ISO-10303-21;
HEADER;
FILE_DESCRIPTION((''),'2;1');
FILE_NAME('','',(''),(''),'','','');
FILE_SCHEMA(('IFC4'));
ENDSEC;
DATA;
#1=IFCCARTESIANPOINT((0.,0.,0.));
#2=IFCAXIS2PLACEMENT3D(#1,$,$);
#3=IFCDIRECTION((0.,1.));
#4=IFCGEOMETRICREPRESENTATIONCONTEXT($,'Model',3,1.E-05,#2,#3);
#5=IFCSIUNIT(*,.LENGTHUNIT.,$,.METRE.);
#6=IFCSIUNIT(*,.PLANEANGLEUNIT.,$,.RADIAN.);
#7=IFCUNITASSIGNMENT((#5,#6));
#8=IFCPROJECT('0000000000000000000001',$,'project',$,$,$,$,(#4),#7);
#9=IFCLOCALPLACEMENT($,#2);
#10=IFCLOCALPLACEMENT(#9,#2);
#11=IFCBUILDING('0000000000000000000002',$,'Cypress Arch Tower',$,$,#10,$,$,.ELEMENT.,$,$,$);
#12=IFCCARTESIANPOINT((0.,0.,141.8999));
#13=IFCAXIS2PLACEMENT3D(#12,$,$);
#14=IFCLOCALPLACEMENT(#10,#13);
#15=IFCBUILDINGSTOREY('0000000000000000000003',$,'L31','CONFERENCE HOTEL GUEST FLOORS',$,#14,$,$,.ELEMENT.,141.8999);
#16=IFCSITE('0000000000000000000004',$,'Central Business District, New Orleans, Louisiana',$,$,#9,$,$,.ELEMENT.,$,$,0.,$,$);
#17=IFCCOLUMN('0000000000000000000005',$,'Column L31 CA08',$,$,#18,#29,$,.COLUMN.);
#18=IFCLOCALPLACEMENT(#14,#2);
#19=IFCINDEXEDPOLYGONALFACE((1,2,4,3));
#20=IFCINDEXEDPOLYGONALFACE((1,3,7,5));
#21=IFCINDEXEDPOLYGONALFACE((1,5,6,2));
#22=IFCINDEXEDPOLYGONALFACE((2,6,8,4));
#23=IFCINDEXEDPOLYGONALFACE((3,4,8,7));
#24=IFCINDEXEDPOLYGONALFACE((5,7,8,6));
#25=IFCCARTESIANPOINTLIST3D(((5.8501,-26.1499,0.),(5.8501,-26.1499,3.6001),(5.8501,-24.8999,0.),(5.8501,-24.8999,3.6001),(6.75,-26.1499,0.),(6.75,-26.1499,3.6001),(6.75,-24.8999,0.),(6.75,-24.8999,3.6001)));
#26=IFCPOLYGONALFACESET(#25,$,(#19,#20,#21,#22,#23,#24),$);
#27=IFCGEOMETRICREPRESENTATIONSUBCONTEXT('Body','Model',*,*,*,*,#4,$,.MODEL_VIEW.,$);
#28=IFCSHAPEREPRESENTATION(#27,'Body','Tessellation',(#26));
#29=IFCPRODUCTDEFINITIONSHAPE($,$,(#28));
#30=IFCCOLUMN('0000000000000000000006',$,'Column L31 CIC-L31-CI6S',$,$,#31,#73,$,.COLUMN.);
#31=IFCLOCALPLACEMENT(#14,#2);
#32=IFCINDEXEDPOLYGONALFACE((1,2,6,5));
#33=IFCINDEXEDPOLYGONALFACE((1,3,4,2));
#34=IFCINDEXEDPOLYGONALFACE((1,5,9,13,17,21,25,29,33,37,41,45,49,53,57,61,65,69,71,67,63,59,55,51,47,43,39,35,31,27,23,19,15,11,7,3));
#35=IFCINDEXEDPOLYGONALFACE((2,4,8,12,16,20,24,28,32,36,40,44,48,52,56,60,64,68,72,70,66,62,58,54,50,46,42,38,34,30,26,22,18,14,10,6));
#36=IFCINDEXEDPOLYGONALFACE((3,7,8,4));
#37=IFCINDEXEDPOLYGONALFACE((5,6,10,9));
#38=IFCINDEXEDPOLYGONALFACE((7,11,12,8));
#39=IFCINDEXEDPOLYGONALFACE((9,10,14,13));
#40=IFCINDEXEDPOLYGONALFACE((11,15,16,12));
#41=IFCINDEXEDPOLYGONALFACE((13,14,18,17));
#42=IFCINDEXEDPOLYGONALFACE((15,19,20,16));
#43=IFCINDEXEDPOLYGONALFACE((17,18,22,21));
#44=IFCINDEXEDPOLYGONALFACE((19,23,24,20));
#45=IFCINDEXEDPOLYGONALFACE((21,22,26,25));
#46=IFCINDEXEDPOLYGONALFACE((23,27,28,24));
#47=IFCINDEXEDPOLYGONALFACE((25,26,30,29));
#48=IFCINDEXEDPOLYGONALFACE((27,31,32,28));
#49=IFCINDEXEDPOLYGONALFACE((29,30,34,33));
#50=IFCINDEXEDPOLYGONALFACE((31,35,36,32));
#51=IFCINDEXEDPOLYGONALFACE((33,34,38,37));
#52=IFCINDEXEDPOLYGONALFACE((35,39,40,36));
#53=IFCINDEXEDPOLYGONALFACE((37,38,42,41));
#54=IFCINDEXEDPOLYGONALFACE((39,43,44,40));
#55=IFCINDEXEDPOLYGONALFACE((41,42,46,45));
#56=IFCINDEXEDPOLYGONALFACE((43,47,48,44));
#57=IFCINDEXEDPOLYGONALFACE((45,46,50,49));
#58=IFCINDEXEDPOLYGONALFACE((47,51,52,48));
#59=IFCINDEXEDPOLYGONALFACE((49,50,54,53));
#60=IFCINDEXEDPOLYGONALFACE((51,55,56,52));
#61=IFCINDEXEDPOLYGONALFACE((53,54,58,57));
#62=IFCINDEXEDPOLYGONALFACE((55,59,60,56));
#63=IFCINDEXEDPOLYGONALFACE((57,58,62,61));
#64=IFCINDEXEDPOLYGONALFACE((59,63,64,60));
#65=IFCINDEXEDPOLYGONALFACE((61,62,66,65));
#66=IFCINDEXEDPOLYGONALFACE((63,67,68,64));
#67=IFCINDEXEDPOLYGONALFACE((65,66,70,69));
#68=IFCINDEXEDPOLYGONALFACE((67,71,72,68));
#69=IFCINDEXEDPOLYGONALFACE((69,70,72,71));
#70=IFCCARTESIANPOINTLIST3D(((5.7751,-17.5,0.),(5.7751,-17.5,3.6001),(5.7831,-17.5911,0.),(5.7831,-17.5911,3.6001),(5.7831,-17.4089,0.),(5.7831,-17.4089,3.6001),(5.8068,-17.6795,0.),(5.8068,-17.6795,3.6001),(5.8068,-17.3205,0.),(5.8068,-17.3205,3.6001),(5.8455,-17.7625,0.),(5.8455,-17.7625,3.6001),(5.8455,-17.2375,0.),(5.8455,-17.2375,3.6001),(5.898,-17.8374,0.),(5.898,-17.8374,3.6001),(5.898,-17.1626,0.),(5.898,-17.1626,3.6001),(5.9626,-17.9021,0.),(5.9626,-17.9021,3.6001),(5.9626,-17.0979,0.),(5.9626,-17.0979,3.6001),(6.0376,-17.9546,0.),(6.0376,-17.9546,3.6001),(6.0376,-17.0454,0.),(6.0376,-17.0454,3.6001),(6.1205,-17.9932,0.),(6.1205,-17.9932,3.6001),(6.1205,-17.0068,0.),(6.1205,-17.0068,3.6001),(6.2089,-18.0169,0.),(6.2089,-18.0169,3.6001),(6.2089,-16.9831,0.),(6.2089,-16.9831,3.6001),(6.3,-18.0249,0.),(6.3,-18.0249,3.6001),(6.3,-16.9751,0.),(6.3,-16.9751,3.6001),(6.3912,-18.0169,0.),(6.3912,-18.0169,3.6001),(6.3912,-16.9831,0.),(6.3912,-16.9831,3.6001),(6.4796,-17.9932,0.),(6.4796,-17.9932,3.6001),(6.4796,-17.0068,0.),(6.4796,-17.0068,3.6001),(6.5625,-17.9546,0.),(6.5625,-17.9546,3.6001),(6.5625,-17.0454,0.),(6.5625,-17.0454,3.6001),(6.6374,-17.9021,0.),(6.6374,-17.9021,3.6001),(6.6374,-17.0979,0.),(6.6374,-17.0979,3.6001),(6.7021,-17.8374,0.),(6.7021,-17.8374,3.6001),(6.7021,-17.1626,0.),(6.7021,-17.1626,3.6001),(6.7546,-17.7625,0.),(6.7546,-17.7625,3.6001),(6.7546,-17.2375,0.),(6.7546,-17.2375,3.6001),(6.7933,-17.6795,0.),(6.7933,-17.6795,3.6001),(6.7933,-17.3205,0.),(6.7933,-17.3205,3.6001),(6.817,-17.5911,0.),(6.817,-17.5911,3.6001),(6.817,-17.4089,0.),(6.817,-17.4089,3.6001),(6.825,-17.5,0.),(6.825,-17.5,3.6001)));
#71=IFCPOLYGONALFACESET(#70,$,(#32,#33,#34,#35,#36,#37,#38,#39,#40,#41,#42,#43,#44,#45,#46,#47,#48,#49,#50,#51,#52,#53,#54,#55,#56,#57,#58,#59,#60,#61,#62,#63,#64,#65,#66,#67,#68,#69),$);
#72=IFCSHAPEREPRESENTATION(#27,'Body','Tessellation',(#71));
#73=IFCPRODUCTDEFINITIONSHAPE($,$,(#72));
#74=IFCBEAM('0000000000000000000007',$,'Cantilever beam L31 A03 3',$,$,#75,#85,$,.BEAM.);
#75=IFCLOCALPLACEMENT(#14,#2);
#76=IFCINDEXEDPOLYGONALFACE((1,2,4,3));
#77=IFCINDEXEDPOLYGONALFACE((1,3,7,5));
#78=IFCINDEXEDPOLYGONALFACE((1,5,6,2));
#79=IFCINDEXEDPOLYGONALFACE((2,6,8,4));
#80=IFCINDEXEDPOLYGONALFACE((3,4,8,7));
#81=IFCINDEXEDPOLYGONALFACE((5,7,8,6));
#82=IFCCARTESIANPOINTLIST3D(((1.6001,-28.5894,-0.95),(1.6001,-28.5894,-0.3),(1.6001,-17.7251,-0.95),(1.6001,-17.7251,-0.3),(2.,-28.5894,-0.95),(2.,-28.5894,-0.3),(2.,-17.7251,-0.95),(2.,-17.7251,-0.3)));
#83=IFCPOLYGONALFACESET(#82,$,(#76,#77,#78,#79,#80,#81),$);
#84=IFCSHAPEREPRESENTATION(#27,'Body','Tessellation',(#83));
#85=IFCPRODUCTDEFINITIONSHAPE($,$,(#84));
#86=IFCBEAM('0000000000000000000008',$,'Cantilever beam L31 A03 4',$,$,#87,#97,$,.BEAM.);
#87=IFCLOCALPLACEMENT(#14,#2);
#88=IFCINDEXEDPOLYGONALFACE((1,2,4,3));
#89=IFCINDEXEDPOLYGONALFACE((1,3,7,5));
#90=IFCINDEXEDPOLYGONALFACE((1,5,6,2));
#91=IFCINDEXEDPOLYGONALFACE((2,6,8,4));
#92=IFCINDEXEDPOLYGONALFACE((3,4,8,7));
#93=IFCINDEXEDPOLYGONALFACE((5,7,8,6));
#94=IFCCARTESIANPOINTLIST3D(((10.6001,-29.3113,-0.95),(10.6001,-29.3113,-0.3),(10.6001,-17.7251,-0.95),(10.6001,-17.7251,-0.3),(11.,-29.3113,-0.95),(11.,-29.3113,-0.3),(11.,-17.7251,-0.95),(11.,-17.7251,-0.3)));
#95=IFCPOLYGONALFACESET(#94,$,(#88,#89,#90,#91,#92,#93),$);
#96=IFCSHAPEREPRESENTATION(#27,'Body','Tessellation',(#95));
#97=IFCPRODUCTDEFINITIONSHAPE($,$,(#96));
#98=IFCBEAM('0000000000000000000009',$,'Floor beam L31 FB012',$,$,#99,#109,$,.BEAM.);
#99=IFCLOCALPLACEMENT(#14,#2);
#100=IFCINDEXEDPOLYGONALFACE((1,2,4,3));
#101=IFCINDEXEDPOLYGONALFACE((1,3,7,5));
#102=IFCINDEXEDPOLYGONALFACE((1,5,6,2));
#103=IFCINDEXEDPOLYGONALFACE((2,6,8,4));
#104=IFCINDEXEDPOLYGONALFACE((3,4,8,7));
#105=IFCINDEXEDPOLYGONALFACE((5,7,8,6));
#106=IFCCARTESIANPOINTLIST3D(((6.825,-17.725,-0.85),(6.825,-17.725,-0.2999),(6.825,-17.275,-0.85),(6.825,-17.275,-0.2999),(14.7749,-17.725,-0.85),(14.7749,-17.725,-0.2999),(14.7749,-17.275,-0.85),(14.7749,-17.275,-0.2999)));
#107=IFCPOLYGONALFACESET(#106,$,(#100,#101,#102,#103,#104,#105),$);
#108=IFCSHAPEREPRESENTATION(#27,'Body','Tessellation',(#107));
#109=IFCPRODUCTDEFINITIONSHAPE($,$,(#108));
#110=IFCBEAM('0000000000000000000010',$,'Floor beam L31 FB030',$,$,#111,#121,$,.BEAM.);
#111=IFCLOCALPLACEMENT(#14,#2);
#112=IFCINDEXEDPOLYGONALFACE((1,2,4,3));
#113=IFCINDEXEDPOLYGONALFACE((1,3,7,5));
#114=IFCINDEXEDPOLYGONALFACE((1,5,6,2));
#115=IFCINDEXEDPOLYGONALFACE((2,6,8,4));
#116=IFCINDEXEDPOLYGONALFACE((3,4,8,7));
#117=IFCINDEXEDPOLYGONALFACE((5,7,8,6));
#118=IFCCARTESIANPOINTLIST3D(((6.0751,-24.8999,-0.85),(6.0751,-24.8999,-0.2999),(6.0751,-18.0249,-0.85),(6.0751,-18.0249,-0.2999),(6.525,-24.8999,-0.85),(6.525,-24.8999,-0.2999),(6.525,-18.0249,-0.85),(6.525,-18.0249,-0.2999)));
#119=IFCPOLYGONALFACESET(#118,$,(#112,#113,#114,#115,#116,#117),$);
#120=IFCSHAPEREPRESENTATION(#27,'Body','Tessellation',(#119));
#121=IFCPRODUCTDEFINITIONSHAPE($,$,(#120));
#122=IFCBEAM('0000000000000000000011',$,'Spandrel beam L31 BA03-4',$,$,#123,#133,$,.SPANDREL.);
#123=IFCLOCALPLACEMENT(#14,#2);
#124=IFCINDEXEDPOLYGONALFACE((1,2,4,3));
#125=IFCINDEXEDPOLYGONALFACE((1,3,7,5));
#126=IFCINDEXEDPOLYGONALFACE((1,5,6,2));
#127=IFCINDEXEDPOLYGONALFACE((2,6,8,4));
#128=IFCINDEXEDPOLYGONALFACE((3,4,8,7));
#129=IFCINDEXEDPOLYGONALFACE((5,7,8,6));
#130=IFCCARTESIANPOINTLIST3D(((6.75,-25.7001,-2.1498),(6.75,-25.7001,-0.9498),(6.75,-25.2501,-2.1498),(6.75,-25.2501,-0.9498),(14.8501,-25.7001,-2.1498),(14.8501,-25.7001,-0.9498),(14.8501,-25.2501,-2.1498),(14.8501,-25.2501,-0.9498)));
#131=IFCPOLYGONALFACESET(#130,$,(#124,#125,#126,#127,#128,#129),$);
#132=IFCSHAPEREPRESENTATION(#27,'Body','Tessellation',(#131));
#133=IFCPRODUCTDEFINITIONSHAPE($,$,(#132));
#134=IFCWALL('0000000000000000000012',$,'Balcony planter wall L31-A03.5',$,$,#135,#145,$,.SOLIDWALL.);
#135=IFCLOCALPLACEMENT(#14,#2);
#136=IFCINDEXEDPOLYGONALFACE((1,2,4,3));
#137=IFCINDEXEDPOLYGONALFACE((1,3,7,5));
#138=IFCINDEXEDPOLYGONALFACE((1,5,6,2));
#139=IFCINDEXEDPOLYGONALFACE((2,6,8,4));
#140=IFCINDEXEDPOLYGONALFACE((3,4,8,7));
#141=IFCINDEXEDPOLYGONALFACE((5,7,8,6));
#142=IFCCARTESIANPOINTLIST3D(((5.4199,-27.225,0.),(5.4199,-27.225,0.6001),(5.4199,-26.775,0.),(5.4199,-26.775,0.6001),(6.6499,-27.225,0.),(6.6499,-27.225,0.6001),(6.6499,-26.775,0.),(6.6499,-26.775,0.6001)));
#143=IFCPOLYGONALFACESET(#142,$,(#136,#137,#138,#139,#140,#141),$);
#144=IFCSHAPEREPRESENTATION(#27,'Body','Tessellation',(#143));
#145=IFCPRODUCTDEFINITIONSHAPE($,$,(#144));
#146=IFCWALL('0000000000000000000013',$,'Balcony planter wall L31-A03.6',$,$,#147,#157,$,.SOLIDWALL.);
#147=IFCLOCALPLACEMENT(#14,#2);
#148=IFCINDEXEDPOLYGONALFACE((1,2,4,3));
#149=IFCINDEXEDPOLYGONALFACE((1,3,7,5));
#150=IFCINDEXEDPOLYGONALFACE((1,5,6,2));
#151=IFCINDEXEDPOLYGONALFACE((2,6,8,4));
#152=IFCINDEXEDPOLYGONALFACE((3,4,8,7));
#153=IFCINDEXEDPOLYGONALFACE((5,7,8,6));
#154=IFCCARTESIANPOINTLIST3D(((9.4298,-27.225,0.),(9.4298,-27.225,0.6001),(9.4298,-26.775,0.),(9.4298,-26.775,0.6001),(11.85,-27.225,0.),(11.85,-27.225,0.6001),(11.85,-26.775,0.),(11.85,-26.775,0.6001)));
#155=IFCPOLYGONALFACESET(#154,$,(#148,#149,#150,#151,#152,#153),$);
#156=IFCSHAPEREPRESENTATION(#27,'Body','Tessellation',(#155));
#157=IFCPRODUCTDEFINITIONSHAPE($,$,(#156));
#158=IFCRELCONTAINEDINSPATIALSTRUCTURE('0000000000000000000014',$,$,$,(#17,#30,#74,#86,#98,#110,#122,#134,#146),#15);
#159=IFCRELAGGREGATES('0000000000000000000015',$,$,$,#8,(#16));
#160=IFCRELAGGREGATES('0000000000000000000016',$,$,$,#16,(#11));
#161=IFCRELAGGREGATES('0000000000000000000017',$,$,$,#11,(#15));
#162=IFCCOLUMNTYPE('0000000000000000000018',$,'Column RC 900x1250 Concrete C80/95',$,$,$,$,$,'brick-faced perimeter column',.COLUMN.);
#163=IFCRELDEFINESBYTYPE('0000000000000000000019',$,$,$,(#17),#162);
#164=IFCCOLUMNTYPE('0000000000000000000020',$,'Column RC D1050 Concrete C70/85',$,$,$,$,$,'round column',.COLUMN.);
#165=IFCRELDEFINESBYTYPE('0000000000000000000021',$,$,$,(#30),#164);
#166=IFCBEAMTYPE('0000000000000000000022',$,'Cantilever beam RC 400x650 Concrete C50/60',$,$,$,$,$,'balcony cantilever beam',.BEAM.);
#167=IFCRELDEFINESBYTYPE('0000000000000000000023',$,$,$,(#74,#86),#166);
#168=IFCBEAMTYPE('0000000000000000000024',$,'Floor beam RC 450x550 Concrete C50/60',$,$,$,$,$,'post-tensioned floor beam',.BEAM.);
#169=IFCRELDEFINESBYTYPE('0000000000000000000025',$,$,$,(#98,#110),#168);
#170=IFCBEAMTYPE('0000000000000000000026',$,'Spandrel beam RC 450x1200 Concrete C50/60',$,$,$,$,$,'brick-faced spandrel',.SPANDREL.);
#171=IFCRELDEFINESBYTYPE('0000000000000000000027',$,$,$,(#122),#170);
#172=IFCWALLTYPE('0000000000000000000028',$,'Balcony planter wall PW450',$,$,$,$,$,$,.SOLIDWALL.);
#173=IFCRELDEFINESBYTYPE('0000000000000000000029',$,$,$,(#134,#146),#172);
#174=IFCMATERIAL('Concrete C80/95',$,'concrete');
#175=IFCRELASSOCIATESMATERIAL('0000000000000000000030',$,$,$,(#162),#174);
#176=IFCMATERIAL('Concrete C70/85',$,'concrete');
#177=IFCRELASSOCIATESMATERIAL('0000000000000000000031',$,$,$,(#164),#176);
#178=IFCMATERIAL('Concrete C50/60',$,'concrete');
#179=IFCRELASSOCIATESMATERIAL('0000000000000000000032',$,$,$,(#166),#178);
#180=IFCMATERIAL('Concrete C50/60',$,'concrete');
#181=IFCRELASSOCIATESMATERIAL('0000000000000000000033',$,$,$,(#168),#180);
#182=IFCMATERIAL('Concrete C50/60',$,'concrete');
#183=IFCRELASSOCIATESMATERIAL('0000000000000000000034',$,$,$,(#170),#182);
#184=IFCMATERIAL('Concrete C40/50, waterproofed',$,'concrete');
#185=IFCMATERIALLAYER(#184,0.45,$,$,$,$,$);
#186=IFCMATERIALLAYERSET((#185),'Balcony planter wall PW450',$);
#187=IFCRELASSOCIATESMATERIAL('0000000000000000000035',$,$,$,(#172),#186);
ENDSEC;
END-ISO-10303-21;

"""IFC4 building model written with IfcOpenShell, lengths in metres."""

from ifc_helpers import new_model, si_unit, direction, frame, frame_2d, origin, origin_2d, place, context, subcontext, project, spatial, rectangle, circle, extrude, material, layer, layer_set, material_profile, profile_set, type_object, element, save


model = new_model("IFC4")

# Units and contexts
model_context = context("Model", 3, precision=1e-05, world=origin(), true_north=direction((0.0, 1.0)))
body_context = subcontext(model_context, "Body", "Model", "MODEL_VIEW")
ifc_project = project(units=[si_unit("LENGTHUNIT", "METRE"), si_unit("PLANEANGLEUNIT", "RADIAN")], contexts=[model_context])

# Site, building, storey
site_placement = place(None, origin())
site = spatial("IfcSite", under=ifc_project, at=site_placement, Name="Central Business District, New Orleans, Louisiana", CompositionType="ELEMENT", RefElevation=0.0)
building_placement = place(site_placement, origin())
building = spatial("IfcBuilding", under=site, at=building_placement, Name="Cypress Arch Tower", CompositionType="ELEMENT")
storey_placement = place(building_placement, frame((0.0, 0.0, 141.8999)))
storey = spatial("IfcBuildingStorey", under=building, at=storey_placement, Name="L31", Description="CONFERENCE HOTEL GUEST FLOORS", CompositionType="ELEMENT", Elevation=141.8999)

# Columns
ifc_material_1 = material(Name="Concrete C80/95", Category="concrete")
ifc_material_profile_1 = material_profile(ifc_material_1, rectangle(XDim=0.8999, YDim=1.25, at=origin_2d()), Name="RC 900x1250")
ifc_profile_set_1 = profile_set([ifc_material_profile_1], Name="Concrete C80/95")
column_type_1 = type_object("IfcColumnType", Name="Column RC 900x1250 Concrete C80/95", ElementType="brick-faced perimeter column", PredefinedType="COLUMN", material=ifc_profile_set_1)
column_1_placement = place(storey_placement, frame((6.3, -25.5249, 0.0), z_axis=(0.0, 0.0, 1.0), x_axis=(1.0, 0.0, 0.0)))
element("IfcColumn", 1, at=column_1_placement, inside=storey, type_object=column_type_1, Name="Column L31 CA08", PredefinedType="COLUMN", context=body_context, shape_type="SweptSolid", body=[
    extrude(rectangle(XDim=0.8999, YDim=1.25, at=origin_2d()), origin(), (0.0, 0.0, 1.0), 3.6001),
])
ifc_material_2 = material(Name="Concrete C70/85", Category="concrete")
ifc_material_profile_2 = material_profile(ifc_material_2, circle(Radius=0.5249, at=origin_2d()), Name="RC D1050")
ifc_profile_set_2 = profile_set([ifc_material_profile_2], Name="Concrete C70/85")
column_type_2 = type_object("IfcColumnType", Name="Column RC D1050 Concrete C70/85", ElementType="round column", PredefinedType="COLUMN", material=ifc_profile_set_2)
column_2_placement = place(storey_placement, frame((6.3, -17.5, 0.0), z_axis=(0.0, 0.0, 1.0), x_axis=(1.0, 0.0, 0.0)))
element("IfcColumn", 2, at=column_2_placement, inside=storey, type_object=column_type_2, Name="Column L31 CIC-L31-CI6S", PredefinedType="COLUMN", context=body_context, shape_type="SweptSolid", body=[
    extrude(circle(Radius=0.5249, at=origin_2d()), origin(), (0.0, 0.0, 1.0), 3.6001),
])

# Beams
ifc_material_3 = material(Name="Concrete C50/60", Category="concrete")
ifc_material_profile_3 = material_profile(ifc_material_3, rectangle(XDim=0.3999, YDim=0.6499, at=origin_2d()), Name="RC 400x650")
ifc_profile_set_3 = profile_set([ifc_material_profile_3], Name="Concrete C50/60")
beam_type_1 = type_object("IfcBeamType", Name="Cantilever beam RC 400x650 Concrete C50/60", ElementType="balcony cantilever beam", PredefinedType="BEAM", material=ifc_profile_set_3)
beam_1_placement = place(storey_placement, frame((1.8, -17.7251, -0.625), z_axis=(0.0, -1.0, 0.0), x_axis=(1.0, 0.0, 0.0)))
element("IfcBeam", 3, at=beam_1_placement, inside=storey, type_object=beam_type_1, Name="Cantilever beam L31 A03 3", PredefinedType="BEAM", context=body_context, shape_type="SweptSolid", body=[
    extrude(rectangle(XDim=0.3999, YDim=0.6499, at=origin_2d()), origin(), (0.0, 0.0, 1.0), 10.8643),
])
beam_2_placement = place(storey_placement, frame((10.8, -17.7251, -0.625), z_axis=(0.0, -1.0, 0.0), x_axis=(1.0, 0.0, 0.0)))
element("IfcBeam", 4, at=beam_2_placement, inside=storey, type_object=beam_type_1, Name="Cantilever beam L31 A03 4", PredefinedType="BEAM", context=body_context, shape_type="SweptSolid", body=[
    extrude(rectangle(XDim=0.3999, YDim=0.6499, at=origin_2d()), origin(), (0.0, 0.0, 1.0), 11.5862),
])
ifc_material_4 = material(Name="Concrete C50/60", Category="concrete")
ifc_material_profile_4 = material_profile(ifc_material_4, rectangle(XDim=0.45, YDim=0.55, at=origin_2d()), Name="RC 450x550")
ifc_profile_set_4 = profile_set([ifc_material_profile_4], Name="Concrete C50/60")
beam_type_2 = type_object("IfcBeamType", Name="Floor beam RC 450x550 Concrete C50/60", ElementType="post-tensioned floor beam", PredefinedType="BEAM", material=ifc_profile_set_4)
beam_3_placement = place(storey_placement, frame((6.825, -17.5, -0.575), z_axis=(1.0, 0.0, 0.0), x_axis=(0.0, 1.0, 0.0)))
element("IfcBeam", 5, at=beam_3_placement, inside=storey, type_object=beam_type_2, Name="Floor beam L31 FB012", PredefinedType="BEAM", context=body_context, shape_type="SweptSolid", body=[
    extrude(rectangle(XDim=0.45, YDim=0.55, at=origin_2d()), origin(), (0.0, 0.0, 1.0), 7.95),
])
beam_4_placement = place(storey_placement, frame((6.3, -24.8999, -0.575), z_axis=(0.0, 1.0, 0.0), x_axis=(-1.0, 0.0, 0.0)))
element("IfcBeam", 6, at=beam_4_placement, inside=storey, type_object=beam_type_2, Name="Floor beam L31 FB030", PredefinedType="BEAM", context=body_context, shape_type="SweptSolid", body=[
    extrude(rectangle(XDim=0.45, YDim=0.55, at=origin_2d()), origin(), (0.0, 0.0, 1.0), 6.875),
])
ifc_material_5 = material(Name="Concrete C50/60", Category="concrete")
ifc_material_profile_5 = material_profile(ifc_material_5, rectangle(XDim=0.45, YDim=1.2, at=origin_2d()), Name="RC 450x1200")
ifc_profile_set_5 = profile_set([ifc_material_profile_5], Name="Concrete C50/60")
beam_type_3 = type_object("IfcBeamType", Name="Spandrel beam RC 450x1200 Concrete C50/60", ElementType="brick-faced spandrel", PredefinedType="SPANDREL", material=ifc_profile_set_5)
beam_5_placement = place(storey_placement, frame((6.75, -25.4751, -1.5498), z_axis=(1.0, 0.0, 0.0), x_axis=(0.0, 1.0, 0.0)))
element("IfcBeam", 7, at=beam_5_placement, inside=storey, type_object=beam_type_3, Name="Spandrel beam L31 BA03-4", PredefinedType="SPANDREL", context=body_context, shape_type="SweptSolid", body=[
    extrude(rectangle(XDim=0.45, YDim=1.2, at=origin_2d()), origin(), (0.0, 0.0, 1.0), 8.1001),
])

# Walls
ifc_material_6 = material(Name="Concrete C40/50, waterproofed", Category="concrete")
ifc_layer_1 = layer(ifc_material_6, 0.45)
ifc_layer_set_1 = layer_set([ifc_layer_1], Name="Balcony planter wall PW450")
wall_type_1 = type_object("IfcWallType", Name="Balcony planter wall PW450", PredefinedType="SOLIDWALL", material=ifc_layer_set_1)
wall_1_placement = place(storey_placement, frame((5.4199, -27.0, 0.0), z_axis=(0.0, 0.0, 1.0), x_axis=(1.0, 0.0, 0.0)))
element("IfcWall", 8, at=wall_1_placement, inside=storey, type_object=wall_type_1, Name="Balcony planter wall L31-A03.5", PredefinedType="SOLIDWALL", context=body_context, shape_type="SweptSolid", body=[
    extrude(rectangle(XDim=1.23, YDim=0.45, at=frame_2d((0.615, 0.0))), origin(), (0.0, 0.0, 1.0), 0.6001),
])
wall_2_placement = place(storey_placement, frame((9.4299, -27.0, 0.0), z_axis=(0.0, 0.0, 1.0), x_axis=(1.0, 0.0, 0.0)))
element("IfcWall", 9, at=wall_2_placement, inside=storey, type_object=wall_type_1, Name="Balcony planter wall L31-A03.6", PredefinedType="SOLIDWALL", context=body_context, shape_type="SweptSolid", body=[
    extrude(rectangle(XDim=2.4202, YDim=0.45, at=frame_2d((1.21, 0.0))), origin(), (0.0, 0.0, 1.0), 0.6001),
])

save(model, "model.ifc")
